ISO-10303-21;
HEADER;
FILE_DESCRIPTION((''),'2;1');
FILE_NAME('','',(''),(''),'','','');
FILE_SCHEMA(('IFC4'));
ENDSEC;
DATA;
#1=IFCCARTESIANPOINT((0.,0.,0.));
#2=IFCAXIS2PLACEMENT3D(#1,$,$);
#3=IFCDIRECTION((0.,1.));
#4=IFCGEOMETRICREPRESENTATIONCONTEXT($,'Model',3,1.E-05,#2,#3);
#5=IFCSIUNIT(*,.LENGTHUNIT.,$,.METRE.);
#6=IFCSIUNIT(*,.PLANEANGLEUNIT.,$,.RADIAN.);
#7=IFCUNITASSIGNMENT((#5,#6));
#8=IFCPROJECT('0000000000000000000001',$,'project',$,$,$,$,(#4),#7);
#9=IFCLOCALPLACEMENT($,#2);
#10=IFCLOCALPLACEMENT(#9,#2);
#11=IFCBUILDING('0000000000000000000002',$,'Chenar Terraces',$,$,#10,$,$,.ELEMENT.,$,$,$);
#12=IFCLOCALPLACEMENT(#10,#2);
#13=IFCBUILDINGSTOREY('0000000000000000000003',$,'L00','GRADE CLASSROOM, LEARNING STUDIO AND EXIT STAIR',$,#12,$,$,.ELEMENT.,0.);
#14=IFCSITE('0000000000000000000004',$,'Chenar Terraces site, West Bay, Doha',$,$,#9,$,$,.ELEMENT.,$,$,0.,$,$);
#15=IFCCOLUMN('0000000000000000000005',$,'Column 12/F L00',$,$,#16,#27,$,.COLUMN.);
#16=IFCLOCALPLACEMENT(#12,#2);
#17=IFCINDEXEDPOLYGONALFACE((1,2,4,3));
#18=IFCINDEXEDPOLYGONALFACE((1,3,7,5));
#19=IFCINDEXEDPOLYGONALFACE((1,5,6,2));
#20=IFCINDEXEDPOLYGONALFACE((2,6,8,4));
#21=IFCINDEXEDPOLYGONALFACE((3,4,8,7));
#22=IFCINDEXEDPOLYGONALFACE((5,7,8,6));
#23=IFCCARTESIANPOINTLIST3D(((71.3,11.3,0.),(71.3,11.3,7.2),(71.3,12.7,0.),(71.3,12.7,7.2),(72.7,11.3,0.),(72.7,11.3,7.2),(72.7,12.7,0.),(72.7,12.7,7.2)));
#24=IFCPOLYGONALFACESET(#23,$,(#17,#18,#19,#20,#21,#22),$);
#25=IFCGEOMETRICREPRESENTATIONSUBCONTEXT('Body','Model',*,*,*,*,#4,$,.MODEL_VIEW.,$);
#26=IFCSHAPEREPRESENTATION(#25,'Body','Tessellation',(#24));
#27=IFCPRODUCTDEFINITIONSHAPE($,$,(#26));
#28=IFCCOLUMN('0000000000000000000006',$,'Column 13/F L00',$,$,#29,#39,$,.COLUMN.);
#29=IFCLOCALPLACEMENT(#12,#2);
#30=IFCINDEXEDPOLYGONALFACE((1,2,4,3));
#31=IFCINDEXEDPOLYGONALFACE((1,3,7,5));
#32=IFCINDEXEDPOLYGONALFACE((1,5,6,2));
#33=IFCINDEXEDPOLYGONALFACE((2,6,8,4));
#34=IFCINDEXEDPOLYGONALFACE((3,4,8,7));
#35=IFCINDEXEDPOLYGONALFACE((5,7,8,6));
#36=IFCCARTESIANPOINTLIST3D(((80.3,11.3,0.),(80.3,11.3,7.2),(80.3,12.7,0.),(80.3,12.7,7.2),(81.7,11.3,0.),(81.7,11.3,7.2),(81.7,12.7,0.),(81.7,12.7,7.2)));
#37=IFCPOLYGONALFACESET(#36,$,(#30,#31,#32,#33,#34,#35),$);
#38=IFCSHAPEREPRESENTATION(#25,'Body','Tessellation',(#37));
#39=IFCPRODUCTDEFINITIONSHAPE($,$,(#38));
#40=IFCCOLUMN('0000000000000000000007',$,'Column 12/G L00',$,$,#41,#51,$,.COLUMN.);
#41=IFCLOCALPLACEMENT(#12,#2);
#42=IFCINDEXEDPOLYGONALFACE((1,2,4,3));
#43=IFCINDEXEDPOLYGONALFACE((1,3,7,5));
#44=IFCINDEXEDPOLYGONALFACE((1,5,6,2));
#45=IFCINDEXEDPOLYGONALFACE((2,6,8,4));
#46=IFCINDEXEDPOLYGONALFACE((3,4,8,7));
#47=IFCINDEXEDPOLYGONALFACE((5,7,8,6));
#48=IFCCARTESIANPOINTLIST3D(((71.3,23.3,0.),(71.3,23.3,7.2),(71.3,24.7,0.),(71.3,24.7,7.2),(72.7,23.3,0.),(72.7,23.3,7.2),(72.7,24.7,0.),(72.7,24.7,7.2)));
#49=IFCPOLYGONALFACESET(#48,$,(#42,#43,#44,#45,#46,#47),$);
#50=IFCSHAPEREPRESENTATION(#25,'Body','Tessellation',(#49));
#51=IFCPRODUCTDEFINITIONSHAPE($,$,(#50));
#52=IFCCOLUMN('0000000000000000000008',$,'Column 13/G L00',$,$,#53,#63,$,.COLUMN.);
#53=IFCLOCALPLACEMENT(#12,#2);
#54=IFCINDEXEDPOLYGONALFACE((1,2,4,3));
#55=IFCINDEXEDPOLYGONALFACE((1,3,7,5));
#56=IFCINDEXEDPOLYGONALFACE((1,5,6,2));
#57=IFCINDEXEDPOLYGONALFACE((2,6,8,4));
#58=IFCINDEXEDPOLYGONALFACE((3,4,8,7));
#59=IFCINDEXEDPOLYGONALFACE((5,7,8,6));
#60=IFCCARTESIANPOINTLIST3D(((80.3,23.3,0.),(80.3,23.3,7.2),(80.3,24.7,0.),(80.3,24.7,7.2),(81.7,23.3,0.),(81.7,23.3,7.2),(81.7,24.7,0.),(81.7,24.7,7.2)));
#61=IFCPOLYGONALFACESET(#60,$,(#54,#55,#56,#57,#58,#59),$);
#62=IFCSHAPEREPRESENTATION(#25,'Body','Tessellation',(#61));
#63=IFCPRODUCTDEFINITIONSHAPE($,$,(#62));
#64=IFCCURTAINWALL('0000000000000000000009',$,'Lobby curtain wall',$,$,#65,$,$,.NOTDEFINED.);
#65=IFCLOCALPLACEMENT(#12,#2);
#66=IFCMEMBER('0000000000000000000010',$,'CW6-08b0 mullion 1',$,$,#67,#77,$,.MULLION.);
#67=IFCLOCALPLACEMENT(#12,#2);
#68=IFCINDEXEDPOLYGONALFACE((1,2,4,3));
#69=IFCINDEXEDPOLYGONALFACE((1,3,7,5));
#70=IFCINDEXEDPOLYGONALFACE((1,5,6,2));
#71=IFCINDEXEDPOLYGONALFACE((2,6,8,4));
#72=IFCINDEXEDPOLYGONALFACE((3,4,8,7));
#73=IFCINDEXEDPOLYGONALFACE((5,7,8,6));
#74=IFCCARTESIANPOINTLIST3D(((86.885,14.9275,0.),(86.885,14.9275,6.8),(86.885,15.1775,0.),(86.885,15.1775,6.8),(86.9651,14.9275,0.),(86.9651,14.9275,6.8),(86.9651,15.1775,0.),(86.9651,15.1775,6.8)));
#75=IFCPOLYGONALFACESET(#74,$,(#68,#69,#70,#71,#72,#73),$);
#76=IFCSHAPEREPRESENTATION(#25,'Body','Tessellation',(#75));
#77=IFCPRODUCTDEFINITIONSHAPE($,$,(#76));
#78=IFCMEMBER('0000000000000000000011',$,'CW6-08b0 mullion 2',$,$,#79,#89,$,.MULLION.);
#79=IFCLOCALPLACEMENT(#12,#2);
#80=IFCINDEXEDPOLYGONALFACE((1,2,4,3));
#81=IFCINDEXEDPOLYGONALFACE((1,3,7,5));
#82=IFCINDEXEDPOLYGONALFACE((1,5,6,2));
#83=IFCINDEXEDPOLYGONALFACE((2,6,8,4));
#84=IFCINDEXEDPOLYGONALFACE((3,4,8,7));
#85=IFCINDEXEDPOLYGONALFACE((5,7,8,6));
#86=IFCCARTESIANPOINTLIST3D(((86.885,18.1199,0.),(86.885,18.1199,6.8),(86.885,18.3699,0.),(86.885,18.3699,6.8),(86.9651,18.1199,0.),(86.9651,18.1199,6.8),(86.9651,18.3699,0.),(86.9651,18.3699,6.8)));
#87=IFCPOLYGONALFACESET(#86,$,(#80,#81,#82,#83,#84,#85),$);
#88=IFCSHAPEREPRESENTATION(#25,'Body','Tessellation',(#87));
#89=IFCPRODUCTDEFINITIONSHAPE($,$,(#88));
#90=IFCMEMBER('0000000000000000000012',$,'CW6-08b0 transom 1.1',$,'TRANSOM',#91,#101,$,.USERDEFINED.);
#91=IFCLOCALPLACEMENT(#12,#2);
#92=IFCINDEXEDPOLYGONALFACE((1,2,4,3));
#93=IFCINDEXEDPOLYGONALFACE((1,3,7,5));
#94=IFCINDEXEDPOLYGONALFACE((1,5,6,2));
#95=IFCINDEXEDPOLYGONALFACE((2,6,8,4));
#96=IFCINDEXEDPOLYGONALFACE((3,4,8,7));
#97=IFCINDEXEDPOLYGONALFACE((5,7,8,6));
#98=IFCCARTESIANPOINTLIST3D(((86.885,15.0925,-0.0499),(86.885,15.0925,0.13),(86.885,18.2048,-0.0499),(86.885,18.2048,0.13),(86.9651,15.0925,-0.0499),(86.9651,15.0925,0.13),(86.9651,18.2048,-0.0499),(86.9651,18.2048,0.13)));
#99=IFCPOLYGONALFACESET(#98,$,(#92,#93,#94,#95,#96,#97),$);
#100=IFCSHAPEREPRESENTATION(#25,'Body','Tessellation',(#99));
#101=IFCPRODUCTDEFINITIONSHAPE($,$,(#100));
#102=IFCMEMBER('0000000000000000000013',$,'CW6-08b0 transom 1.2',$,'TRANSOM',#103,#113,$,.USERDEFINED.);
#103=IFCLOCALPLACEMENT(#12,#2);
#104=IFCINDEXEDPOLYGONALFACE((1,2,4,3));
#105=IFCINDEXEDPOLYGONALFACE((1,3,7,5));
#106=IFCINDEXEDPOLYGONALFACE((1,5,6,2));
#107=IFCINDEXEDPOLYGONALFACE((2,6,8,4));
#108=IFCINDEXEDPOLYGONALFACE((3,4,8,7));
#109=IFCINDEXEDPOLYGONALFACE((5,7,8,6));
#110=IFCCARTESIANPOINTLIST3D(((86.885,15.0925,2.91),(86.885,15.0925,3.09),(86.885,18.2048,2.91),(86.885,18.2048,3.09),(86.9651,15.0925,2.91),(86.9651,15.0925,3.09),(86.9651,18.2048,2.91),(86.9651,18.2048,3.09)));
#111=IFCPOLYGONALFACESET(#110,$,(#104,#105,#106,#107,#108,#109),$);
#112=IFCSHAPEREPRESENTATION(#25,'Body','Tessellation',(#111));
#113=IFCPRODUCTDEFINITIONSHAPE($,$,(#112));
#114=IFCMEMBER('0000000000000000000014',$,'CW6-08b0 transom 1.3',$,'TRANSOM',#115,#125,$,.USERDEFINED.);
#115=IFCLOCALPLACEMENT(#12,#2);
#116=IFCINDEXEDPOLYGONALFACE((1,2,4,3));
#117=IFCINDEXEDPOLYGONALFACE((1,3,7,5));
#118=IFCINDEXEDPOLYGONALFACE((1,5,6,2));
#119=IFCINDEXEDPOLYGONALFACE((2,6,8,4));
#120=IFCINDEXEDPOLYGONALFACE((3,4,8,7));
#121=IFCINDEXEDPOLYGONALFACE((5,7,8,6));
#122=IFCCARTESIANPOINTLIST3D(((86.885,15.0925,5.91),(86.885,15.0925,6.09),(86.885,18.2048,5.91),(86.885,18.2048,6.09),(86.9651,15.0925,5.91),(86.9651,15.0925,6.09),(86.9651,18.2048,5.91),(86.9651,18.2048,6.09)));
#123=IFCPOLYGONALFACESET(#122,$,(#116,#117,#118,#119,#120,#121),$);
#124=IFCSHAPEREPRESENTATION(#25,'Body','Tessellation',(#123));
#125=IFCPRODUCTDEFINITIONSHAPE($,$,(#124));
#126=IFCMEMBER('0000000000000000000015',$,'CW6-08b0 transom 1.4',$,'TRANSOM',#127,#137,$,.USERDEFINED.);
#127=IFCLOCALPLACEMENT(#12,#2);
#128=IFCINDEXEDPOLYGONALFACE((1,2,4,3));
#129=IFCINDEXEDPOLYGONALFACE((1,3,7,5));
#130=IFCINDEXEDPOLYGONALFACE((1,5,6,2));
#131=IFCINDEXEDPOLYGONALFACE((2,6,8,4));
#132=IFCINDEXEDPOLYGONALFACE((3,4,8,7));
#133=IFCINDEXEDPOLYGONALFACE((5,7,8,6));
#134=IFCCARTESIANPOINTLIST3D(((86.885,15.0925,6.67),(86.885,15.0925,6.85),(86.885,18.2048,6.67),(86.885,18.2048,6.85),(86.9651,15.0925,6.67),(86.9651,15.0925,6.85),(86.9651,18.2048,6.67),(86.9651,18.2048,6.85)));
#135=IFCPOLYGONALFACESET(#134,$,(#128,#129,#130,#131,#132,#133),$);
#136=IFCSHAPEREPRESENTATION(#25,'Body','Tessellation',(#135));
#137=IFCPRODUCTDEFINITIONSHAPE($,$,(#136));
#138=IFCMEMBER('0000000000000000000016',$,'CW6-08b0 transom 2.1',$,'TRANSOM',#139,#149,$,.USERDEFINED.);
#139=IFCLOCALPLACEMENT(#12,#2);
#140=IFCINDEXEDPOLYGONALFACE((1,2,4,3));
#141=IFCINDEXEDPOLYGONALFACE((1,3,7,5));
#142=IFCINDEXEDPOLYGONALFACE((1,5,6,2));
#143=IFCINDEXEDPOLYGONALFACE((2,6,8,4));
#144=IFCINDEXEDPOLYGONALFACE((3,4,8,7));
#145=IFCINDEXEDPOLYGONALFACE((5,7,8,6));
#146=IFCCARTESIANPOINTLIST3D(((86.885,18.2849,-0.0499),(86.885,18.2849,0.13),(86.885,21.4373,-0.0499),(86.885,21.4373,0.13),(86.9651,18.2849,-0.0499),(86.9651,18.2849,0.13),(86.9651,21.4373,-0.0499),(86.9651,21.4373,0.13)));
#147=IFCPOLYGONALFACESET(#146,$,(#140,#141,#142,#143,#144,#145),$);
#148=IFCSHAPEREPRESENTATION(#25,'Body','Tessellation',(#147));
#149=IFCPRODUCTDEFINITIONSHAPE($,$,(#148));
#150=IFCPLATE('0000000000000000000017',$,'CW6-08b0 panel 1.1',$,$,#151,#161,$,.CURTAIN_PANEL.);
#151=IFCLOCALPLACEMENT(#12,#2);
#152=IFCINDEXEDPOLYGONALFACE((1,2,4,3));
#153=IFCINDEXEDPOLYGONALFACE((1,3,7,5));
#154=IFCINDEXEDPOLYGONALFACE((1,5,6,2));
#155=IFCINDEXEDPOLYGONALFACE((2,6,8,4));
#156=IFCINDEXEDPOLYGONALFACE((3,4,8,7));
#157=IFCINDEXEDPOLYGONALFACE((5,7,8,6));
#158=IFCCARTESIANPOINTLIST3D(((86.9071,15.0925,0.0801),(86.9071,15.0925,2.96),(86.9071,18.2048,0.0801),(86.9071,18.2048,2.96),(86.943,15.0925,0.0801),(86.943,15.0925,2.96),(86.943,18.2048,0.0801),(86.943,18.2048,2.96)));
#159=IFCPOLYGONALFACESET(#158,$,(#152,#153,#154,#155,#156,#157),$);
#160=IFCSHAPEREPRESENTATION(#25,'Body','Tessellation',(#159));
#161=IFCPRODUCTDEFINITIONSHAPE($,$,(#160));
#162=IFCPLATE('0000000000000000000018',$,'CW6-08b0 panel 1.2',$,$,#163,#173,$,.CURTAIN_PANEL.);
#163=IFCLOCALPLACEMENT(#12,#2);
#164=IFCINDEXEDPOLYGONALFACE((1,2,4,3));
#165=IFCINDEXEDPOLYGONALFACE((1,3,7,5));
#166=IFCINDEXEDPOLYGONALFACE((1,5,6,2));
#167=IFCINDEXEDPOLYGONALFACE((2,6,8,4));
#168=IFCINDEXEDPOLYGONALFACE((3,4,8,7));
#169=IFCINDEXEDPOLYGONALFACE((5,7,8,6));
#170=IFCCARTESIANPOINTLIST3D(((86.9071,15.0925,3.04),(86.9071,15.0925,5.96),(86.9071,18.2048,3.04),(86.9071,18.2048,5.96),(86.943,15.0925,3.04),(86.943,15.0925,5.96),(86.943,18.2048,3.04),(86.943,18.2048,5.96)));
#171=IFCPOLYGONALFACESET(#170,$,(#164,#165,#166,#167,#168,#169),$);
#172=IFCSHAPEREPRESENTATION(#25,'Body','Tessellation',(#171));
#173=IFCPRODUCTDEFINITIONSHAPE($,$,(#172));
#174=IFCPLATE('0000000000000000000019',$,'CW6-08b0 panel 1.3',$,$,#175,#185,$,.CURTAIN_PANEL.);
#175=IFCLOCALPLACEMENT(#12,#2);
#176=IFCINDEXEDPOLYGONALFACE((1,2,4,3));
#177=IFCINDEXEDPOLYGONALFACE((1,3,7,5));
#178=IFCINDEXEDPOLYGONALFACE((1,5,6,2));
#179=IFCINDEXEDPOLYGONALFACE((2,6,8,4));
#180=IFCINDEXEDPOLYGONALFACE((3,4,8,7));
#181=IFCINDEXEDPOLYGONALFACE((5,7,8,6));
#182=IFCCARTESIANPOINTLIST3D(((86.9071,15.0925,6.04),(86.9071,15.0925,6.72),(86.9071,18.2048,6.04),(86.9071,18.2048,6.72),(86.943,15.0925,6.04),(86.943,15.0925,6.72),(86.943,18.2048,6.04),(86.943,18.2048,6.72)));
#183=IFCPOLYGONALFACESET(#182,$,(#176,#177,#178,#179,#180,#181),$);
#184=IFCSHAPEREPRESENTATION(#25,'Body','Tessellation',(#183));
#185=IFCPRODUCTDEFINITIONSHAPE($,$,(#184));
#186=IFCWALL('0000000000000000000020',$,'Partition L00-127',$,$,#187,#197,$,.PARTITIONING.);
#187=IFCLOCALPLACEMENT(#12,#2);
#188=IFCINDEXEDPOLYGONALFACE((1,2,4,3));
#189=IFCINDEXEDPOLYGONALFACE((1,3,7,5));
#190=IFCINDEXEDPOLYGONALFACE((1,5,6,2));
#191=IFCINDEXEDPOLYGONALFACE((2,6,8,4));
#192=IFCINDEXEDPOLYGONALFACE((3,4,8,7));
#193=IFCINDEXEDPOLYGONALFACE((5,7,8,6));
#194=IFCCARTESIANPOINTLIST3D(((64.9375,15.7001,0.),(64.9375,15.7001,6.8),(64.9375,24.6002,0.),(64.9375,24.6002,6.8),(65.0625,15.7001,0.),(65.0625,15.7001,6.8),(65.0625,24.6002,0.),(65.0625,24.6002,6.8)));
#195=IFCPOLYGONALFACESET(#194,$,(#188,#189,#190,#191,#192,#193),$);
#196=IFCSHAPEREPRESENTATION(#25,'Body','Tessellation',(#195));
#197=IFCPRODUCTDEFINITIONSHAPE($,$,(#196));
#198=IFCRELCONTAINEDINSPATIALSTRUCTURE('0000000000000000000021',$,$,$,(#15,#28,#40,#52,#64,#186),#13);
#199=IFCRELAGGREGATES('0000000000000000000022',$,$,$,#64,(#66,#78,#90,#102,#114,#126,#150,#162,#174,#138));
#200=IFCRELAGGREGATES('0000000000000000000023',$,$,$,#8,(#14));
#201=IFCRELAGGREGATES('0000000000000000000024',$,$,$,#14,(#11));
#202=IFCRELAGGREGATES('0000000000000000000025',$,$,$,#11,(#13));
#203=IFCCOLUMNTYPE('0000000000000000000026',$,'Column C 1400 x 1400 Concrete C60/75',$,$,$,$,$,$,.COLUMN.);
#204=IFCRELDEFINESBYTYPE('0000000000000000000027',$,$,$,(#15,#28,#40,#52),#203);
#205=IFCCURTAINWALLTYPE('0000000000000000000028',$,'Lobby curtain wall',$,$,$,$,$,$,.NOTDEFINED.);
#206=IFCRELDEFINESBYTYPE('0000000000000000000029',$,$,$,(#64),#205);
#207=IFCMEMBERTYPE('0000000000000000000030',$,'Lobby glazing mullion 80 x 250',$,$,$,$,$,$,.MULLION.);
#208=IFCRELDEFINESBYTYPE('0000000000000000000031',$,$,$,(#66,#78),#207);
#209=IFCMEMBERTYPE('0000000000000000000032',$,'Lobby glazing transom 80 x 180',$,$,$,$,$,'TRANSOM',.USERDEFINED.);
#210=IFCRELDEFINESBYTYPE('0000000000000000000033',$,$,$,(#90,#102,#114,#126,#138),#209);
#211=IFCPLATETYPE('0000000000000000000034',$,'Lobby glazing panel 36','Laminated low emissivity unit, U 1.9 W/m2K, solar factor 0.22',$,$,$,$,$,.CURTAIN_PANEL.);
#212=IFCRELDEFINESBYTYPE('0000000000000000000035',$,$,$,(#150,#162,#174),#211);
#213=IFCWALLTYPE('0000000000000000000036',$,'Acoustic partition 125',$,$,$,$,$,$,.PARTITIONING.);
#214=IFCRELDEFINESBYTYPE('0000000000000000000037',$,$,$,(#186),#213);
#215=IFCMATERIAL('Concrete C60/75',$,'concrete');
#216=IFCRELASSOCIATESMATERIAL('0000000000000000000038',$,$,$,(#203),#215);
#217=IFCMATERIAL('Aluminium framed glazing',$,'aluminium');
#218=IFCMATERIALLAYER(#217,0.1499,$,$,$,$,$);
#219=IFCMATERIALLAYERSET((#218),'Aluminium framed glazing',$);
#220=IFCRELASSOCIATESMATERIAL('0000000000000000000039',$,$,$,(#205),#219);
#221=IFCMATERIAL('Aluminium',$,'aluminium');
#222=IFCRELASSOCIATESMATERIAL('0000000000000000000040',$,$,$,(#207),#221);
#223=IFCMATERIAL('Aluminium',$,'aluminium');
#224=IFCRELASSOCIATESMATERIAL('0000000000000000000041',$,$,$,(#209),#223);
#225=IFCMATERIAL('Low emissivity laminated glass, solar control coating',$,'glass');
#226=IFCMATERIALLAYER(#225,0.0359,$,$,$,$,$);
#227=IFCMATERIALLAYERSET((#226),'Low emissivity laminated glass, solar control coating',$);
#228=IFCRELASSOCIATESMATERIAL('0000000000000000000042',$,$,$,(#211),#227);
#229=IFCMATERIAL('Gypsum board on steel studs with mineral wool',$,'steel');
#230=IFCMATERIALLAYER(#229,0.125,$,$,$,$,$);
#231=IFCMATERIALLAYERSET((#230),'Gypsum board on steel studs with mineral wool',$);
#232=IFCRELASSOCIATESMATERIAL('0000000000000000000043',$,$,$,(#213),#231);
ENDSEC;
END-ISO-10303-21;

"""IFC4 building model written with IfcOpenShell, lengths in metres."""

from ifc_helpers import new_model, si_unit, direction, frame, frame_2d, origin, origin_2d, place, context, subcontext, project, spatial, rectangle, extrude, material, layer, layer_set, material_profile, profile_set, type_object, element, aggregate, save


model = new_model("IFC4")

# Units and contexts
model_context = context("Model", 3, precision=1e-05, world=origin(), true_north=direction((0.0, 1.0)))
body_context = subcontext(model_context, "Body", "Model", "MODEL_VIEW")
ifc_project = project(units=[si_unit("LENGTHUNIT", "METRE"), si_unit("PLANEANGLEUNIT", "RADIAN")], contexts=[model_context])

# Site, building, storey
site_placement = place(None, origin())
site = spatial("IfcSite", under=ifc_project, at=site_placement, Name="Chenar Terraces site, West Bay, Doha", CompositionType="ELEMENT", RefElevation=0.0)
building_placement = place(site_placement, origin())
building = spatial("IfcBuilding", under=site, at=building_placement, Name="Chenar Terraces", CompositionType="ELEMENT")
storey_placement = place(building_placement, origin())
storey = spatial("IfcBuildingStorey", under=building, at=storey_placement, Name="L00", Description="GRADE CLASSROOM, LEARNING STUDIO AND EXIT STAIR", CompositionType="ELEMENT", Elevation=0.0)

# Columns
ifc_material_1 = material(Name="Concrete C60/75", Category="concrete")
ifc_material_profile_1 = material_profile(ifc_material_1, rectangle(XDim=1.3999, YDim=1.3999, at=origin_2d()), Name="C 1400 x 1400")
ifc_profile_set_1 = profile_set([ifc_material_profile_1], Name="Concrete C60/75")
column_type = type_object("IfcColumnType", Name="Column C 1400 x 1400 Concrete C60/75", PredefinedType="COLUMN", material=ifc_profile_set_1)
for number, where, z_axis, x_axis, name in (
    (1, (72.0, 12.0, 0.0), (0.0, 0.0, 1.0), (1.0, 0.0, 0.0), "Column 12/F L00"),
    (2, (81.0, 12.0, 0.0), (0.0, 0.0, 1.0), (1.0, 0.0, 0.0), "Column 13/F L00"),
    (3, (72.0, 24.0, 0.0), (0.0, 0.0, 1.0), (1.0, 0.0, 0.0), "Column 12/G L00"),
    (4, (81.0, 24.0, 0.0), (0.0, 0.0, 1.0), (1.0, 0.0, 0.0), "Column 13/G L00"),
):
    element("IfcColumn", number, at=place(storey_placement, frame(where, z_axis=z_axis, x_axis=x_axis)), inside=storey, type_object=column_type, Name=name, PredefinedType="COLUMN", context=body_context, shape_type="SweptSolid", body=[
        extrude(rectangle(XDim=1.3999, YDim=1.3999, at=origin_2d()), origin(), (0.0, 0.0, 1.0), 7.2),
    ])

# Curtain wall, members, plates
ifc_material_2 = material(Name="Aluminium framed glazing", Category="aluminium")
ifc_layer_1 = layer(ifc_material_2, 0.1499)
ifc_layer_set_1 = layer_set([ifc_layer_1], Name="Aluminium framed glazing")
curtain_wall_type = type_object("IfcCurtainWallType", Name="Lobby curtain wall", PredefinedType="NOTDEFINED", material=ifc_layer_set_1)
curtain_wall_placement = place(storey_placement, origin())
curtain_wall = element("IfcCurtainWall", 5, at=curtain_wall_placement, inside=storey, type_object=curtain_wall_type, Name="Lobby curtain wall", PredefinedType="NOTDEFINED")
ifc_material_3 = material(Name="Aluminium", Category="aluminium")
ifc_material_profile_2 = material_profile(ifc_material_3, rectangle(XDim=0.0801, YDim=0.25, at=origin_2d()), Name="Lobby glazing mullion 80 x 250")
ifc_profile_set_2 = profile_set([ifc_material_profile_2], Name="Aluminium")
member_type_1 = type_object("IfcMemberType", Name="Lobby glazing mullion 80 x 250", PredefinedType="MULLION", material=ifc_profile_set_2)
member_1_placement = place(storey_placement, frame((86.925, 15.0525, 0.0), z_axis=(0.0, 0.0, 1.0), x_axis=(-1.0, 0.0, 0.0)))
member_1 = element("IfcMember", 6, at=member_1_placement, type_object=member_type_1, Name="CW6-08b0 mullion 1", PredefinedType="MULLION", context=body_context, shape_type="SweptSolid", body=[
    extrude(rectangle(XDim=0.0801, YDim=0.25, at=origin_2d()), origin(), (0.0, 0.0, 1.0), 6.8),
])
member_2_placement = place(storey_placement, frame((86.925, 18.2449, 0.0), z_axis=(0.0, 0.0, 1.0), x_axis=(-1.0, 0.0, 0.0)))
member_2 = element("IfcMember", 7, at=member_2_placement, type_object=member_type_1, Name="CW6-08b0 mullion 2", PredefinedType="MULLION", context=body_context, shape_type="SweptSolid", body=[
    extrude(rectangle(XDim=0.0801, YDim=0.25, at=origin_2d()), origin(), (0.0, 0.0, 1.0), 6.8),
])
ifc_material_4 = material(Name="Aluminium", Category="aluminium")
ifc_material_profile_3 = material_profile(ifc_material_4, rectangle(XDim=0.0801, YDim=0.1799, at=origin_2d()), Name="Lobby glazing transom 80 x 180")
ifc_profile_set_3 = profile_set([ifc_material_profile_3], Name="Aluminium")
member_type_2 = type_object("IfcMemberType", Name="Lobby glazing transom 80 x 180", ElementType="TRANSOM", PredefinedType="USERDEFINED", material=ifc_profile_set_3)
member_3_placement = place(storey_placement, frame((86.925, 15.0925, 0.04), z_axis=(0.0, 1.0, 0.0), x_axis=(-1.0, 0.0, 0.0)))
member_3 = element("IfcMember", 8, at=member_3_placement, type_object=member_type_2, Name="CW6-08b0 transom 1.1", ObjectType="TRANSOM", PredefinedType="USERDEFINED", context=body_context, shape_type="SweptSolid", body=[
    extrude(rectangle(XDim=0.0801, YDim=0.1799, at=origin_2d()), origin(), (0.0, 0.0, 1.0), 3.1123),
])
member_4_placement = place(storey_placement, frame((86.925, 15.0925, 3.0), z_axis=(0.0, 1.0, 0.0), x_axis=(-1.0, 0.0, 0.0)))
member_4 = element("IfcMember", 9, at=member_4_placement, type_object=member_type_2, Name="CW6-08b0 transom 1.2", ObjectType="TRANSOM", PredefinedType="USERDEFINED", context=body_context, shape_type="SweptSolid", body=[
    extrude(rectangle(XDim=0.0801, YDim=0.1799, at=origin_2d()), origin(), (0.0, 0.0, 1.0), 3.1123),
])
member_5_placement = place(storey_placement, frame((86.925, 15.0925, 6.0), z_axis=(0.0, 1.0, 0.0), x_axis=(-1.0, 0.0, 0.0)))
member_5 = element("IfcMember", 10, at=member_5_placement, type_object=member_type_2, Name="CW6-08b0 transom 1.3", ObjectType="TRANSOM", PredefinedType="USERDEFINED", context=body_context, shape_type="SweptSolid", body=[
    extrude(rectangle(XDim=0.0801, YDim=0.1799, at=origin_2d()), origin(), (0.0, 0.0, 1.0), 3.1123),
])
member_6_placement = place(storey_placement, frame((86.925, 15.0925, 6.76), z_axis=(0.0, 1.0, 0.0), x_axis=(-1.0, 0.0, 0.0)))
member_6 = element("IfcMember", 11, at=member_6_placement, type_object=member_type_2, Name="CW6-08b0 transom 1.4", ObjectType="TRANSOM", PredefinedType="USERDEFINED", context=body_context, shape_type="SweptSolid", body=[
    extrude(rectangle(XDim=0.0801, YDim=0.1799, at=origin_2d()), origin(), (0.0, 0.0, 1.0), 3.1123),
])
member_7_placement = place(storey_placement, frame((86.925, 18.2849, 0.04), z_axis=(0.0, 1.0, 0.0), x_axis=(-1.0, 0.0, 0.0)))
member_7 = element("IfcMember", 12, at=member_7_placement, type_object=member_type_2, Name="CW6-08b0 transom 2.1", ObjectType="TRANSOM", PredefinedType="USERDEFINED", context=body_context, shape_type="SweptSolid", body=[
    extrude(rectangle(XDim=0.0801, YDim=0.1799, at=origin_2d()), origin(), (0.0, 0.0, 1.0), 3.1523),
])
ifc_material_5 = material(Name="Low emissivity laminated glass, solar control coating", Category="glass")
ifc_layer_2 = layer(ifc_material_5, 0.0359)
ifc_layer_set_2 = layer_set([ifc_layer_2], Name="Low emissivity laminated glass, solar control coating")
plate_type = type_object("IfcPlateType", Name="Lobby glazing panel 36", Description="Laminated low emissivity unit, U 1.9 W/m2K, solar factor 0.22", PredefinedType="CURTAIN_PANEL", material=ifc_layer_set_2)
plate_1_placement = place(storey_placement, frame((86.925, 16.6487, 0.0801), z_axis=(0.0, 0.0, 1.0), x_axis=(0.0, 1.0, 0.0)))
plate_1 = element("IfcPlate", 13, at=plate_1_placement, type_object=plate_type, Name="CW6-08b0 panel 1.1", PredefinedType="CURTAIN_PANEL", context=body_context, shape_type="SweptSolid", body=[
    extrude(rectangle(XDim=3.1123, YDim=0.0359, at=origin_2d()), origin(), (0.0, 0.0, 1.0), 2.8799),
])
plate_2_placement = place(storey_placement, frame((86.925, 16.6487, 3.04), z_axis=(0.0, 0.0, 1.0), x_axis=(0.0, 1.0, 0.0)))
plate_2 = element("IfcPlate", 14, at=plate_2_placement, type_object=plate_type, Name="CW6-08b0 panel 1.2", PredefinedType="CURTAIN_PANEL", context=body_context, shape_type="SweptSolid", body=[
    extrude(rectangle(XDim=3.1123, YDim=0.0359, at=origin_2d()), origin(), (0.0, 0.0, 1.0), 2.9199),
])
plate_3_placement = place(storey_placement, frame((86.925, 16.6487, 6.04), z_axis=(0.0, 0.0, 1.0), x_axis=(0.0, 1.0, 0.0)))
plate_3 = element("IfcPlate", 15, at=plate_3_placement, type_object=plate_type, Name="CW6-08b0 panel 1.3", PredefinedType="CURTAIN_PANEL", context=body_context, shape_type="SweptSolid", body=[
    extrude(rectangle(XDim=3.1123, YDim=0.0359, at=origin_2d()), origin(), (0.0, 0.0, 1.0), 0.6799),
])
aggregate(curtain_wall, [member_1, member_2, member_3, member_4, member_5, member_6, plate_1, plate_2, plate_3, member_7])

# Wall
ifc_material_6 = material(Name="Gypsum board on steel studs with mineral wool", Category="steel")
ifc_layer_3 = layer(ifc_material_6, 0.125)
ifc_layer_set_3 = layer_set([ifc_layer_3], Name="Gypsum board on steel studs with mineral wool")
wall_type_1 = type_object("IfcWallType", Name="Acoustic partition 125", PredefinedType="PARTITIONING", material=ifc_layer_set_3)
wall_1_placement = place(storey_placement, frame((65.0, 15.7, 0.0), z_axis=(0.0, 0.0, 1.0), x_axis=(0.0, 1.0, 0.0)))
element("IfcWall", 16, at=wall_1_placement, inside=storey, type_object=wall_type_1, Name="Partition L00-127", PredefinedType="PARTITIONING", context=body_context, shape_type="SweptSolid", body=[
    extrude(rectangle(XDim=8.9001, YDim=0.125, at=frame_2d((4.4502, 0.0))), origin(), (0.0, 0.0, 1.0), 6.8),
])

save(model, "model.ifc")
